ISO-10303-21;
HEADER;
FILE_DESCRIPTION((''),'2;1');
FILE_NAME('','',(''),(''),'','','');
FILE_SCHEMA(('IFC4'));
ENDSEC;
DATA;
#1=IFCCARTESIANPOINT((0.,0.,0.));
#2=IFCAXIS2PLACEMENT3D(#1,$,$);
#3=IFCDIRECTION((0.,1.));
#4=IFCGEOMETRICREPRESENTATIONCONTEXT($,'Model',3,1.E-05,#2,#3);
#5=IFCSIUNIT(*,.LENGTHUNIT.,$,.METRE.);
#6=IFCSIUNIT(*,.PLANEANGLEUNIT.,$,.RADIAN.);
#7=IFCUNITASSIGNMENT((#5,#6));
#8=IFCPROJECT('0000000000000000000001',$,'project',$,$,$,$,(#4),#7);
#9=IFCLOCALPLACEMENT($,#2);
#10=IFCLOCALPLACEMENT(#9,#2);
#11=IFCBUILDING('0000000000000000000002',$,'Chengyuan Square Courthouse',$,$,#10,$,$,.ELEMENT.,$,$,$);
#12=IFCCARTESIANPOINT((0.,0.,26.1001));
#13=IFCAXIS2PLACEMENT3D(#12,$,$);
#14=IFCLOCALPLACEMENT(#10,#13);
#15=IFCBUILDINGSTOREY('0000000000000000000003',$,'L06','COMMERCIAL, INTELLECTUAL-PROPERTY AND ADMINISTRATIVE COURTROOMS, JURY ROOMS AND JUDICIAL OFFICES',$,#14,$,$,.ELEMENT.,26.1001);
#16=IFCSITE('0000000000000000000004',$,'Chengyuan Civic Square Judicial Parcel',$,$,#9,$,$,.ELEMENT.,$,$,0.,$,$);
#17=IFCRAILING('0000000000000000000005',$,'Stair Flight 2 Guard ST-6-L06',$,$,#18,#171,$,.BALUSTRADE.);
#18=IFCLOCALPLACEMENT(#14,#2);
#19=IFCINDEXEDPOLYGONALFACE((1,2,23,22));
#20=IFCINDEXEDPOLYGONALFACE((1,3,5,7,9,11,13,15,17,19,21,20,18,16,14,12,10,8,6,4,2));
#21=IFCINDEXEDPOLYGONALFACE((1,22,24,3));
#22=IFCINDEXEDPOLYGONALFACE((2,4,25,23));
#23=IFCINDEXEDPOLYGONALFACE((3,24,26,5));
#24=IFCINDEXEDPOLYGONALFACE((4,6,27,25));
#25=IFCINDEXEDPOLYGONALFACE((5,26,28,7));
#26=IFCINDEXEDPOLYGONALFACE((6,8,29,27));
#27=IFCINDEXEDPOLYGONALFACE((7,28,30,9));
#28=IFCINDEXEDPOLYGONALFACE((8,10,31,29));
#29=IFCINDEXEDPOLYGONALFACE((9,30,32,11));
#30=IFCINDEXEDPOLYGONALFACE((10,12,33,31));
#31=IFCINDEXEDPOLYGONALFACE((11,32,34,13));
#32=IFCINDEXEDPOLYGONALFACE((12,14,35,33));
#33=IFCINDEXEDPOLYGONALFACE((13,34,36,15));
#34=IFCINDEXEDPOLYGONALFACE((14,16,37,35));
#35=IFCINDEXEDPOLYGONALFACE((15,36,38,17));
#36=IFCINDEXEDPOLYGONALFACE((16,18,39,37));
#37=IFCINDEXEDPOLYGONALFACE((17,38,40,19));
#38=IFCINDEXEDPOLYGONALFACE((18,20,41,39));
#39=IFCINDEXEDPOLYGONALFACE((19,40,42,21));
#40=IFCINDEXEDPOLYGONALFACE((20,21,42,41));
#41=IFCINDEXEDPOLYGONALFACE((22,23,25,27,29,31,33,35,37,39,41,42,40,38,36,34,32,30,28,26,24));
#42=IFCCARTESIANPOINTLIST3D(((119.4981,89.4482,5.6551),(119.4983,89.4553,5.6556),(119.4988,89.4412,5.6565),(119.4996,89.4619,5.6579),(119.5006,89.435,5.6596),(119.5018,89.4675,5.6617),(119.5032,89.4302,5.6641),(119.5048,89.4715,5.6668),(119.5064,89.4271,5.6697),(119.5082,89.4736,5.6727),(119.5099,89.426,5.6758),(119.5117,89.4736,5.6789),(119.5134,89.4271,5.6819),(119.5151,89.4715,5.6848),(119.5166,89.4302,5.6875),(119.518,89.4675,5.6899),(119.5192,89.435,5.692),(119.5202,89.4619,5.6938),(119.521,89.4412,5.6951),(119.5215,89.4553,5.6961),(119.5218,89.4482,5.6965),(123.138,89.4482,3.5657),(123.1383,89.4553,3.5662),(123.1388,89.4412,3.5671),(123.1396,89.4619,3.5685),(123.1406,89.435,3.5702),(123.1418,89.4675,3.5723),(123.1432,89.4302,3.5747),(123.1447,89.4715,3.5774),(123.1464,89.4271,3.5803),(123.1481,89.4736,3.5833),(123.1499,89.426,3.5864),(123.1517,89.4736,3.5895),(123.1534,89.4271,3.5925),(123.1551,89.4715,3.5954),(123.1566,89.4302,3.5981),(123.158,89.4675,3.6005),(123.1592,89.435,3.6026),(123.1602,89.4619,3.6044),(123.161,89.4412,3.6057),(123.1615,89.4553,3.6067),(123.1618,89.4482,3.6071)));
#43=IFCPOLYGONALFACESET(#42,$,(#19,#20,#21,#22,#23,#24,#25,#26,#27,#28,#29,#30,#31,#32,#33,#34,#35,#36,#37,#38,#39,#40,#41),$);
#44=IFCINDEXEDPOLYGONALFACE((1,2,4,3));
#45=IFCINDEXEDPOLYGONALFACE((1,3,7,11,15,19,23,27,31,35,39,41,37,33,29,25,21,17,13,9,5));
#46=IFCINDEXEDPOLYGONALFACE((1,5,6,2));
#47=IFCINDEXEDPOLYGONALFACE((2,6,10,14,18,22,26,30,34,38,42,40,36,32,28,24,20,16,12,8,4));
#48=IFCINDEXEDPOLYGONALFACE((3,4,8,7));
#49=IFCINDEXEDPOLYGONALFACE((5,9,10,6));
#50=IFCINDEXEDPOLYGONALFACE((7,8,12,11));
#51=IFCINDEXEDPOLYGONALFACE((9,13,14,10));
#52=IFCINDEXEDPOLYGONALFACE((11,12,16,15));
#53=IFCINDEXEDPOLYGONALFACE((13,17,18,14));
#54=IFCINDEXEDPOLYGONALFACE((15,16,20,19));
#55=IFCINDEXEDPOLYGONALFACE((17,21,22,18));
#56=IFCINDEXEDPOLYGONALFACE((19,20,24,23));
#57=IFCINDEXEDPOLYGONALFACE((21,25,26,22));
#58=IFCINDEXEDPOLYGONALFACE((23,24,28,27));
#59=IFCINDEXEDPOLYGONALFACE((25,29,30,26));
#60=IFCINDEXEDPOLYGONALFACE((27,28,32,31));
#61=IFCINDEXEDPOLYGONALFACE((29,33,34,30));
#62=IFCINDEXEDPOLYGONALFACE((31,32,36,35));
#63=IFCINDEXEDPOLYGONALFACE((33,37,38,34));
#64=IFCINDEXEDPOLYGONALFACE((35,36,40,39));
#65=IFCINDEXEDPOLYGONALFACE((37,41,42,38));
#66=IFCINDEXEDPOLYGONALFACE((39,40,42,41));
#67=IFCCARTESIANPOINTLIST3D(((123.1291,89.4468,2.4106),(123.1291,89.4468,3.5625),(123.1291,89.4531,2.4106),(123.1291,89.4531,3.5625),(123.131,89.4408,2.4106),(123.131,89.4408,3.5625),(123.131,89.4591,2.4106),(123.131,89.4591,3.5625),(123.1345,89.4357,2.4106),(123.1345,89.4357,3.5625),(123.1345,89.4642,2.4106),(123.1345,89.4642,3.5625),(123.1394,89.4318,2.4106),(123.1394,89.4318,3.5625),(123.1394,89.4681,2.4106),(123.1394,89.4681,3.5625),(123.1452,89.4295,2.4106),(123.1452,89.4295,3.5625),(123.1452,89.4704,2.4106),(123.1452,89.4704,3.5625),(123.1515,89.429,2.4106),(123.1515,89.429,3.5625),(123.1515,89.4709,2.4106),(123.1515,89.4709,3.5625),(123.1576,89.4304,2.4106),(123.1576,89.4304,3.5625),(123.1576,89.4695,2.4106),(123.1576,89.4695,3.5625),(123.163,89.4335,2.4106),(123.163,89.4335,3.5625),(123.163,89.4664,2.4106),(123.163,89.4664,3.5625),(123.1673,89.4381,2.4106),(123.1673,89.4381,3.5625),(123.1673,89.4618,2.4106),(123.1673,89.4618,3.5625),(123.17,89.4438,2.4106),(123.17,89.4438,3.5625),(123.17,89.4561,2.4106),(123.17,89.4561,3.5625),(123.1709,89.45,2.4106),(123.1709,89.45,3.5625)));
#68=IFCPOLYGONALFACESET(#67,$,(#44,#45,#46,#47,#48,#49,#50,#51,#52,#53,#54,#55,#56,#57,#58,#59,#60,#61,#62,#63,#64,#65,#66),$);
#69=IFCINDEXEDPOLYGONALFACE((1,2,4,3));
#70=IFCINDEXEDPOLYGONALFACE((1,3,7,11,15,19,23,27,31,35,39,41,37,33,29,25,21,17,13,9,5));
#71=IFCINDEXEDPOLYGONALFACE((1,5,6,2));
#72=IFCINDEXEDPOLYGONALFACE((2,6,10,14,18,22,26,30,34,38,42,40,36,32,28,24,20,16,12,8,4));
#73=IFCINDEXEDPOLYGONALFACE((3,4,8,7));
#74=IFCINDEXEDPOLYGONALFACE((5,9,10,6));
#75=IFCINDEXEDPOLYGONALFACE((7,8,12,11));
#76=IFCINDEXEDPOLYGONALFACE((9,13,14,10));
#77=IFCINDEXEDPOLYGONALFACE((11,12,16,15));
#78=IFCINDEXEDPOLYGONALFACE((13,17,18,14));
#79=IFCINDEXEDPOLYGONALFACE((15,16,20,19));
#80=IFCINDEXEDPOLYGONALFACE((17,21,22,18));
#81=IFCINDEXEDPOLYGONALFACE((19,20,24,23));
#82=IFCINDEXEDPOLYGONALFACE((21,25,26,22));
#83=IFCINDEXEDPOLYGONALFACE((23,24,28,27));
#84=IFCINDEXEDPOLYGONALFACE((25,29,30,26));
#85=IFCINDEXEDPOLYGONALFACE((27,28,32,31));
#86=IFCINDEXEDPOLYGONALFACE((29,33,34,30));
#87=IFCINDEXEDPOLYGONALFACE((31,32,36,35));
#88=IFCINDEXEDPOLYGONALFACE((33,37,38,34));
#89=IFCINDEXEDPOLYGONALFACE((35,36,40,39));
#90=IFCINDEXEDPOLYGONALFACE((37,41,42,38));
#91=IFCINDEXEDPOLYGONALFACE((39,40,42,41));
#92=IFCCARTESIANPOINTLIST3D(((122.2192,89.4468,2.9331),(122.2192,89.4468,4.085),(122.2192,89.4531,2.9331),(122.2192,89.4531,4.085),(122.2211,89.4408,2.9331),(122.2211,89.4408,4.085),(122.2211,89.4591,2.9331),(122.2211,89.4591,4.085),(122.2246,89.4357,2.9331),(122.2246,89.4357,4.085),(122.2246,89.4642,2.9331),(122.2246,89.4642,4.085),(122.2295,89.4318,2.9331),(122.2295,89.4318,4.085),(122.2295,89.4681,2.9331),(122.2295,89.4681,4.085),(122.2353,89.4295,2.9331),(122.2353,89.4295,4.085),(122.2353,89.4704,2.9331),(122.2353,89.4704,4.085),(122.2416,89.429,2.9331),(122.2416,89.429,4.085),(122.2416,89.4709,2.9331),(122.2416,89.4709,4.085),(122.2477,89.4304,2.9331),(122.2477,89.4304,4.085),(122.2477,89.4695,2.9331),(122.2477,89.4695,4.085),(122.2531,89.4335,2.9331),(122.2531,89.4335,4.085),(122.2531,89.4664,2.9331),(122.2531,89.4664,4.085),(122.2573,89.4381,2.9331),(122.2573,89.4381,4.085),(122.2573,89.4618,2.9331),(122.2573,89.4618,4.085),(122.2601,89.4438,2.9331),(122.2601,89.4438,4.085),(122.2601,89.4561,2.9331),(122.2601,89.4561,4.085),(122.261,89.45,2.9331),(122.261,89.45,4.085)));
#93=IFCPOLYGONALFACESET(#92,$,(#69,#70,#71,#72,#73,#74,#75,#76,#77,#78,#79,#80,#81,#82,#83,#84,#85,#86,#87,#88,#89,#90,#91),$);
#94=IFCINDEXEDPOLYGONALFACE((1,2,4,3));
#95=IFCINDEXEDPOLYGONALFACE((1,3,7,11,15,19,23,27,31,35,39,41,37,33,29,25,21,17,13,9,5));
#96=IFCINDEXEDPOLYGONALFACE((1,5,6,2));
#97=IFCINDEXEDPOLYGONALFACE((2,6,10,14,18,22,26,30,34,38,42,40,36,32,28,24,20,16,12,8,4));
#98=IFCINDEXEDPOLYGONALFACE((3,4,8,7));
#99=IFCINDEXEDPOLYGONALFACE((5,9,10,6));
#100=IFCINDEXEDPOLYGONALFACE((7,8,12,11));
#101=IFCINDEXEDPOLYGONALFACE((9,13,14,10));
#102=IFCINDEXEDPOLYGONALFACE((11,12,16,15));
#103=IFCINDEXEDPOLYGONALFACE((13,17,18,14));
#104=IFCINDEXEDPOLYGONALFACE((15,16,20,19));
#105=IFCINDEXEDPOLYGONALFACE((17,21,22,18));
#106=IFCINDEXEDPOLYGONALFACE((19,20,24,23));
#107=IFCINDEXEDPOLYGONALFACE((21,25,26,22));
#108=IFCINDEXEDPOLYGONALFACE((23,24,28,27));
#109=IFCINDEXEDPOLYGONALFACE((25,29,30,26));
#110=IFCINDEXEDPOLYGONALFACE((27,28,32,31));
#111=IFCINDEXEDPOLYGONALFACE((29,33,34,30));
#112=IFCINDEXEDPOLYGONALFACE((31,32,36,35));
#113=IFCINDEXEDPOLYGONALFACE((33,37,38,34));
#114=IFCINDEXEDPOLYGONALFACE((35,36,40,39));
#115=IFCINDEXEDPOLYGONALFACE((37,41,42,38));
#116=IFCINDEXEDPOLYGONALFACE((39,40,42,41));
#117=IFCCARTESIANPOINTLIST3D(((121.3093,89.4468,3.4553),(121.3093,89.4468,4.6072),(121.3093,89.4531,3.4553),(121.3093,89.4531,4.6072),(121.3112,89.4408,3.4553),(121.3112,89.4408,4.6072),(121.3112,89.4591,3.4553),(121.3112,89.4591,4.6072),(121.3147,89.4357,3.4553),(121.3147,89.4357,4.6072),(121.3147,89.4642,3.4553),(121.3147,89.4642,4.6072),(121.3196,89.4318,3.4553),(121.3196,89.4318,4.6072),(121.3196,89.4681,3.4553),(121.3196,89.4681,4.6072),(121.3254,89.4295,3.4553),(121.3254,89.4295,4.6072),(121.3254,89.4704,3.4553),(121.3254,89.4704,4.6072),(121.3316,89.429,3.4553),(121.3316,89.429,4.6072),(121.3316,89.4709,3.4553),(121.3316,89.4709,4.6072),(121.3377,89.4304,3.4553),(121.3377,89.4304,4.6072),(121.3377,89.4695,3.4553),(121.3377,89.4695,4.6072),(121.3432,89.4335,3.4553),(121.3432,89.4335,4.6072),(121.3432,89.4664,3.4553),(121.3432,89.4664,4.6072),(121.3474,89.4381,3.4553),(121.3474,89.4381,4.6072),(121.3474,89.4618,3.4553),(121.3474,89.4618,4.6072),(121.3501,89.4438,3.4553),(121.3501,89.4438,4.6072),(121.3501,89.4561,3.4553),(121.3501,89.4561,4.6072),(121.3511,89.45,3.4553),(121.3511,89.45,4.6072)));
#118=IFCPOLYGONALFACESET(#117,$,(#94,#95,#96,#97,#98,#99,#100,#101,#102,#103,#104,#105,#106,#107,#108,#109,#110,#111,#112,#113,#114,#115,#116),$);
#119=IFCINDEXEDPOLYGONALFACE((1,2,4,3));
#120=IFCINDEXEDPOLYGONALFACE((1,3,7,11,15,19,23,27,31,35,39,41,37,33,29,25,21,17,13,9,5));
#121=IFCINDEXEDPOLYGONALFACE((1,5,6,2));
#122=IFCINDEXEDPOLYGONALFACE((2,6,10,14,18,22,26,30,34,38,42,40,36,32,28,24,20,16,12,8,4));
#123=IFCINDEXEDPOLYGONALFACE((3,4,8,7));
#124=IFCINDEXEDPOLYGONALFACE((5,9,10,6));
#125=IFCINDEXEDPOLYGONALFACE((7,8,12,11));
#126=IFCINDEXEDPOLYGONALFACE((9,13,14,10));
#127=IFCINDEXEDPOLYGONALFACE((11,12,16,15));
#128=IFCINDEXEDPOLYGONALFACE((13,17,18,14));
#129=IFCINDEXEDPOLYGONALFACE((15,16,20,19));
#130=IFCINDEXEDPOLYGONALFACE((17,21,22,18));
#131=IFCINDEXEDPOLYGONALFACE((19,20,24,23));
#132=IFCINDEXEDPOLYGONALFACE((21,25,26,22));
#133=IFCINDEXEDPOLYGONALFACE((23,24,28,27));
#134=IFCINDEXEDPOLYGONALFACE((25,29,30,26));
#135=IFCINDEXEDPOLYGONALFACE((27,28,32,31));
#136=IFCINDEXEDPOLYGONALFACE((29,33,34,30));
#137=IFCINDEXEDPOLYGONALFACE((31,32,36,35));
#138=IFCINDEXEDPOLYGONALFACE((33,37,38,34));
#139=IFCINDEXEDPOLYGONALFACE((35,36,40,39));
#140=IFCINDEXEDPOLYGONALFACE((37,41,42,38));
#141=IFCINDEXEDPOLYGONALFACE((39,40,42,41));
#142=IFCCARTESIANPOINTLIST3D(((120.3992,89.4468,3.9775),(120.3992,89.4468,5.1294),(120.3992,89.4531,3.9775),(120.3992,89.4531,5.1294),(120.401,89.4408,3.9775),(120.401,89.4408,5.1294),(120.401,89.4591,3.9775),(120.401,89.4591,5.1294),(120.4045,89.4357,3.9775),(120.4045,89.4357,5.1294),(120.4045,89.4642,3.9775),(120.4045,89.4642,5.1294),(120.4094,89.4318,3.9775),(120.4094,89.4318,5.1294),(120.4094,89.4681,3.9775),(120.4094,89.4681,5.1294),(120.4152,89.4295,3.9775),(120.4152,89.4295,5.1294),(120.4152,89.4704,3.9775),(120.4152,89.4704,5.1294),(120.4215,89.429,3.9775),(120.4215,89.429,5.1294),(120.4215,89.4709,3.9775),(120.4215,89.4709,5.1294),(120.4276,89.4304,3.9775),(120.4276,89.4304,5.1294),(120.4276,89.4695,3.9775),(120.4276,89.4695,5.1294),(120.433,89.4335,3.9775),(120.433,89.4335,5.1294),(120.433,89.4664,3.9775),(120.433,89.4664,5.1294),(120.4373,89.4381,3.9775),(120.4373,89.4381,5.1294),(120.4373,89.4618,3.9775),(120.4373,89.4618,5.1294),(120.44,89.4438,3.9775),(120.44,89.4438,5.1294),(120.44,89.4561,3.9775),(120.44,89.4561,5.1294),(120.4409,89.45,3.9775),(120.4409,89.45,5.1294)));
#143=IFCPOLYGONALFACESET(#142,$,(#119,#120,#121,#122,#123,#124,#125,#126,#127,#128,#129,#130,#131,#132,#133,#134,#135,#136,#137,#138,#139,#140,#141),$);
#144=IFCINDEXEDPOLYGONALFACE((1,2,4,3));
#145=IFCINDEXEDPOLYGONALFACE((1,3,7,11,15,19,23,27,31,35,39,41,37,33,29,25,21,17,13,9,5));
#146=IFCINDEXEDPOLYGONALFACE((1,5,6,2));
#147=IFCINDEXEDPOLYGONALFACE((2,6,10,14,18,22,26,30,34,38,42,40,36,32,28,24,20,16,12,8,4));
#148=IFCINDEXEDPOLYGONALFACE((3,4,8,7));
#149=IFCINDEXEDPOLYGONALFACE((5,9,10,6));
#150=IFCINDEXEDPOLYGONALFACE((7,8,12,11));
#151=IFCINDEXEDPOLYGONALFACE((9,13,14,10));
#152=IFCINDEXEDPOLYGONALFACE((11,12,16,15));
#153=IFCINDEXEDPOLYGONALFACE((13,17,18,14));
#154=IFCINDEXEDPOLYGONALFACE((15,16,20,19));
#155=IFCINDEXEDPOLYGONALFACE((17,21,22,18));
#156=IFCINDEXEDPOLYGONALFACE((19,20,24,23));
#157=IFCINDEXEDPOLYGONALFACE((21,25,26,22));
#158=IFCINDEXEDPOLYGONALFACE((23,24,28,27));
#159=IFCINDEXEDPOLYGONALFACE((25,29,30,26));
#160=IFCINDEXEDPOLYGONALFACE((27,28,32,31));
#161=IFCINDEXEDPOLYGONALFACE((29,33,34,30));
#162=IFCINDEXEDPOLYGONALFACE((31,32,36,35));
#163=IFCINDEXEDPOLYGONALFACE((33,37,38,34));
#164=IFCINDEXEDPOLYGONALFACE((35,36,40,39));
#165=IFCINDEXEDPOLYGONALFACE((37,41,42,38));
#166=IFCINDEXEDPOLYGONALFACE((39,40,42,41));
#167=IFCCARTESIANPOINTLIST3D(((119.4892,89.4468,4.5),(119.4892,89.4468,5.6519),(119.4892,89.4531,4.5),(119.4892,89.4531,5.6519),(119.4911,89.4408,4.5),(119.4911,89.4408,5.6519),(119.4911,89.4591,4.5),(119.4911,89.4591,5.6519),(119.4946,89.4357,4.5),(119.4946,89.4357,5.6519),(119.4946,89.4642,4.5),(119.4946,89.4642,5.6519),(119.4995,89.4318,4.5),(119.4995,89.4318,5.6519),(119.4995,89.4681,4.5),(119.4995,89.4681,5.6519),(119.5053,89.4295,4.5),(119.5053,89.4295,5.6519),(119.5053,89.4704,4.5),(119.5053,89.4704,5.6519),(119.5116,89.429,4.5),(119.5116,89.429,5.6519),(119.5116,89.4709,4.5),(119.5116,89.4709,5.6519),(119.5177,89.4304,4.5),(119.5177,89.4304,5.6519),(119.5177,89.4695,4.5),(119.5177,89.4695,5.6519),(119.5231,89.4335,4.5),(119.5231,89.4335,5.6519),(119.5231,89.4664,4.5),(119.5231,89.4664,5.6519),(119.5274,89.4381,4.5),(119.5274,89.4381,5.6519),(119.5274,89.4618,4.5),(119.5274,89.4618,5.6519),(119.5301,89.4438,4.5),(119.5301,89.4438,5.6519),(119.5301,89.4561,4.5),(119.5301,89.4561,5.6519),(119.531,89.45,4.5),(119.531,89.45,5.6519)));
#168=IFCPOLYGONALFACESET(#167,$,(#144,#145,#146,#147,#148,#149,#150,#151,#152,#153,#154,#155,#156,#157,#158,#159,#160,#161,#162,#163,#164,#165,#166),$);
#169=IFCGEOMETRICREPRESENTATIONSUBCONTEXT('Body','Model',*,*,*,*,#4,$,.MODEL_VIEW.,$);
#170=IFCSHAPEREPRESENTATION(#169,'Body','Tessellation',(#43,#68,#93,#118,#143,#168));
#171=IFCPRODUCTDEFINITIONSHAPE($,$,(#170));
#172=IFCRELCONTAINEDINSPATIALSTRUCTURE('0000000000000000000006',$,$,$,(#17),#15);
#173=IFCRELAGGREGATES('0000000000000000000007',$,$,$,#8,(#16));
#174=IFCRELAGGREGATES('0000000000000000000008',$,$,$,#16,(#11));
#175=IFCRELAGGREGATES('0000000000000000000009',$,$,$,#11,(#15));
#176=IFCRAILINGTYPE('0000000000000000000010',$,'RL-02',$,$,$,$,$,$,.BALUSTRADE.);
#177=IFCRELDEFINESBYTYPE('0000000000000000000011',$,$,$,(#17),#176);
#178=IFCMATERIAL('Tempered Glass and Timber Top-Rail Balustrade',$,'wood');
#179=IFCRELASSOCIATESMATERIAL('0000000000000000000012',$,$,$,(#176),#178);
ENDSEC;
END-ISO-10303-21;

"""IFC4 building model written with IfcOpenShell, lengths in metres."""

from ifc_helpers import new_model, si_unit, direction, frame, origin, origin_2d, place, context, subcontext, project, spatial, circle, extrude, material, type_object, element, save


model = new_model("IFC4")

# Units and contexts
model_context = context("Model", 3, precision=1e-05, world=origin(), true_north=direction((0.0, 1.0)))
body_context = subcontext(model_context, "Body", "Model", "MODEL_VIEW")
ifc_project = project(units=[si_unit("LENGTHUNIT", "METRE"), si_unit("PLANEANGLEUNIT", "RADIAN")], contexts=[model_context])

# Site, building, storey
site_placement = place(None, origin())
site = spatial("IfcSite", under=ifc_project, at=site_placement, Name="Chengyuan Civic Square Judicial Parcel", CompositionType="ELEMENT", RefElevation=0.0)
building_placement = place(site_placement, origin())
building = spatial("IfcBuilding", under=site, at=building_placement, Name="Chengyuan Square Courthouse", CompositionType="ELEMENT")
storey_placement = place(building_placement, frame((0.0, 0.0, 26.1001)))
storey = spatial("IfcBuildingStorey", under=building, at=storey_placement, Name="L06", Description="COMMERCIAL, INTELLECTUAL-PROPERTY AND ADMINISTRATIVE COURTROOMS, JURY ROOMS AND JUDICIAL OFFICES", CompositionType="ELEMENT", Elevation=26.1001)

# Railing
ifc_material_1 = material(Name="Tempered Glass and Timber Top-Rail Balustrade", Category="wood")
railing_type_1 = type_object("IfcRailingType", Name="RL-02", PredefinedType="BALUSTRADE", material=ifc_material_1)
railing_1_placement = place(storey_placement, frame((123.1499, 89.45, 2.4106)))
element("IfcRailing", 1, at=railing_1_placement, inside=storey, type_object=railing_type_1, Name="Stair Flight 2 Guard ST-6-L06", PredefinedType="BALUSTRADE", context=body_context, shape_type="SweptSolid", body=[
    extrude(circle(Radius=0.0239, at=origin_2d()), frame((0.0, 0.0, 1.1758), z_axis=(-0.867275, 0.0, 0.497829), x_axis=(0.0, -1.0, 0.0)), (0.0, 0.0, 1.0), 4.197),
    extrude(circle(Radius=0.021, at=origin_2d()), origin(), (0.0, 0.0, 1.0), 1.1519),
    extrude(circle(Radius=0.021, at=origin_2d()), frame((-0.9099, 0.0, 0.5225)), (0.0, 0.0, 1.0), 1.1519),
    extrude(circle(Radius=0.021, at=origin_2d()), frame((-1.8198, 0.0, 1.0447)), (0.0, 0.0, 1.0), 1.1519),
    extrude(circle(Radius=0.021, at=origin_2d()), frame((-2.73, 0.0, 1.5669)), (0.0, 0.0, 1.0), 1.1519),
    extrude(circle(Radius=0.021, at=origin_2d()), frame((-3.6399, 0.0, 2.0894)), (0.0, 0.0, 1.0), 1.1519),
])

save(model, "model.ifc")
